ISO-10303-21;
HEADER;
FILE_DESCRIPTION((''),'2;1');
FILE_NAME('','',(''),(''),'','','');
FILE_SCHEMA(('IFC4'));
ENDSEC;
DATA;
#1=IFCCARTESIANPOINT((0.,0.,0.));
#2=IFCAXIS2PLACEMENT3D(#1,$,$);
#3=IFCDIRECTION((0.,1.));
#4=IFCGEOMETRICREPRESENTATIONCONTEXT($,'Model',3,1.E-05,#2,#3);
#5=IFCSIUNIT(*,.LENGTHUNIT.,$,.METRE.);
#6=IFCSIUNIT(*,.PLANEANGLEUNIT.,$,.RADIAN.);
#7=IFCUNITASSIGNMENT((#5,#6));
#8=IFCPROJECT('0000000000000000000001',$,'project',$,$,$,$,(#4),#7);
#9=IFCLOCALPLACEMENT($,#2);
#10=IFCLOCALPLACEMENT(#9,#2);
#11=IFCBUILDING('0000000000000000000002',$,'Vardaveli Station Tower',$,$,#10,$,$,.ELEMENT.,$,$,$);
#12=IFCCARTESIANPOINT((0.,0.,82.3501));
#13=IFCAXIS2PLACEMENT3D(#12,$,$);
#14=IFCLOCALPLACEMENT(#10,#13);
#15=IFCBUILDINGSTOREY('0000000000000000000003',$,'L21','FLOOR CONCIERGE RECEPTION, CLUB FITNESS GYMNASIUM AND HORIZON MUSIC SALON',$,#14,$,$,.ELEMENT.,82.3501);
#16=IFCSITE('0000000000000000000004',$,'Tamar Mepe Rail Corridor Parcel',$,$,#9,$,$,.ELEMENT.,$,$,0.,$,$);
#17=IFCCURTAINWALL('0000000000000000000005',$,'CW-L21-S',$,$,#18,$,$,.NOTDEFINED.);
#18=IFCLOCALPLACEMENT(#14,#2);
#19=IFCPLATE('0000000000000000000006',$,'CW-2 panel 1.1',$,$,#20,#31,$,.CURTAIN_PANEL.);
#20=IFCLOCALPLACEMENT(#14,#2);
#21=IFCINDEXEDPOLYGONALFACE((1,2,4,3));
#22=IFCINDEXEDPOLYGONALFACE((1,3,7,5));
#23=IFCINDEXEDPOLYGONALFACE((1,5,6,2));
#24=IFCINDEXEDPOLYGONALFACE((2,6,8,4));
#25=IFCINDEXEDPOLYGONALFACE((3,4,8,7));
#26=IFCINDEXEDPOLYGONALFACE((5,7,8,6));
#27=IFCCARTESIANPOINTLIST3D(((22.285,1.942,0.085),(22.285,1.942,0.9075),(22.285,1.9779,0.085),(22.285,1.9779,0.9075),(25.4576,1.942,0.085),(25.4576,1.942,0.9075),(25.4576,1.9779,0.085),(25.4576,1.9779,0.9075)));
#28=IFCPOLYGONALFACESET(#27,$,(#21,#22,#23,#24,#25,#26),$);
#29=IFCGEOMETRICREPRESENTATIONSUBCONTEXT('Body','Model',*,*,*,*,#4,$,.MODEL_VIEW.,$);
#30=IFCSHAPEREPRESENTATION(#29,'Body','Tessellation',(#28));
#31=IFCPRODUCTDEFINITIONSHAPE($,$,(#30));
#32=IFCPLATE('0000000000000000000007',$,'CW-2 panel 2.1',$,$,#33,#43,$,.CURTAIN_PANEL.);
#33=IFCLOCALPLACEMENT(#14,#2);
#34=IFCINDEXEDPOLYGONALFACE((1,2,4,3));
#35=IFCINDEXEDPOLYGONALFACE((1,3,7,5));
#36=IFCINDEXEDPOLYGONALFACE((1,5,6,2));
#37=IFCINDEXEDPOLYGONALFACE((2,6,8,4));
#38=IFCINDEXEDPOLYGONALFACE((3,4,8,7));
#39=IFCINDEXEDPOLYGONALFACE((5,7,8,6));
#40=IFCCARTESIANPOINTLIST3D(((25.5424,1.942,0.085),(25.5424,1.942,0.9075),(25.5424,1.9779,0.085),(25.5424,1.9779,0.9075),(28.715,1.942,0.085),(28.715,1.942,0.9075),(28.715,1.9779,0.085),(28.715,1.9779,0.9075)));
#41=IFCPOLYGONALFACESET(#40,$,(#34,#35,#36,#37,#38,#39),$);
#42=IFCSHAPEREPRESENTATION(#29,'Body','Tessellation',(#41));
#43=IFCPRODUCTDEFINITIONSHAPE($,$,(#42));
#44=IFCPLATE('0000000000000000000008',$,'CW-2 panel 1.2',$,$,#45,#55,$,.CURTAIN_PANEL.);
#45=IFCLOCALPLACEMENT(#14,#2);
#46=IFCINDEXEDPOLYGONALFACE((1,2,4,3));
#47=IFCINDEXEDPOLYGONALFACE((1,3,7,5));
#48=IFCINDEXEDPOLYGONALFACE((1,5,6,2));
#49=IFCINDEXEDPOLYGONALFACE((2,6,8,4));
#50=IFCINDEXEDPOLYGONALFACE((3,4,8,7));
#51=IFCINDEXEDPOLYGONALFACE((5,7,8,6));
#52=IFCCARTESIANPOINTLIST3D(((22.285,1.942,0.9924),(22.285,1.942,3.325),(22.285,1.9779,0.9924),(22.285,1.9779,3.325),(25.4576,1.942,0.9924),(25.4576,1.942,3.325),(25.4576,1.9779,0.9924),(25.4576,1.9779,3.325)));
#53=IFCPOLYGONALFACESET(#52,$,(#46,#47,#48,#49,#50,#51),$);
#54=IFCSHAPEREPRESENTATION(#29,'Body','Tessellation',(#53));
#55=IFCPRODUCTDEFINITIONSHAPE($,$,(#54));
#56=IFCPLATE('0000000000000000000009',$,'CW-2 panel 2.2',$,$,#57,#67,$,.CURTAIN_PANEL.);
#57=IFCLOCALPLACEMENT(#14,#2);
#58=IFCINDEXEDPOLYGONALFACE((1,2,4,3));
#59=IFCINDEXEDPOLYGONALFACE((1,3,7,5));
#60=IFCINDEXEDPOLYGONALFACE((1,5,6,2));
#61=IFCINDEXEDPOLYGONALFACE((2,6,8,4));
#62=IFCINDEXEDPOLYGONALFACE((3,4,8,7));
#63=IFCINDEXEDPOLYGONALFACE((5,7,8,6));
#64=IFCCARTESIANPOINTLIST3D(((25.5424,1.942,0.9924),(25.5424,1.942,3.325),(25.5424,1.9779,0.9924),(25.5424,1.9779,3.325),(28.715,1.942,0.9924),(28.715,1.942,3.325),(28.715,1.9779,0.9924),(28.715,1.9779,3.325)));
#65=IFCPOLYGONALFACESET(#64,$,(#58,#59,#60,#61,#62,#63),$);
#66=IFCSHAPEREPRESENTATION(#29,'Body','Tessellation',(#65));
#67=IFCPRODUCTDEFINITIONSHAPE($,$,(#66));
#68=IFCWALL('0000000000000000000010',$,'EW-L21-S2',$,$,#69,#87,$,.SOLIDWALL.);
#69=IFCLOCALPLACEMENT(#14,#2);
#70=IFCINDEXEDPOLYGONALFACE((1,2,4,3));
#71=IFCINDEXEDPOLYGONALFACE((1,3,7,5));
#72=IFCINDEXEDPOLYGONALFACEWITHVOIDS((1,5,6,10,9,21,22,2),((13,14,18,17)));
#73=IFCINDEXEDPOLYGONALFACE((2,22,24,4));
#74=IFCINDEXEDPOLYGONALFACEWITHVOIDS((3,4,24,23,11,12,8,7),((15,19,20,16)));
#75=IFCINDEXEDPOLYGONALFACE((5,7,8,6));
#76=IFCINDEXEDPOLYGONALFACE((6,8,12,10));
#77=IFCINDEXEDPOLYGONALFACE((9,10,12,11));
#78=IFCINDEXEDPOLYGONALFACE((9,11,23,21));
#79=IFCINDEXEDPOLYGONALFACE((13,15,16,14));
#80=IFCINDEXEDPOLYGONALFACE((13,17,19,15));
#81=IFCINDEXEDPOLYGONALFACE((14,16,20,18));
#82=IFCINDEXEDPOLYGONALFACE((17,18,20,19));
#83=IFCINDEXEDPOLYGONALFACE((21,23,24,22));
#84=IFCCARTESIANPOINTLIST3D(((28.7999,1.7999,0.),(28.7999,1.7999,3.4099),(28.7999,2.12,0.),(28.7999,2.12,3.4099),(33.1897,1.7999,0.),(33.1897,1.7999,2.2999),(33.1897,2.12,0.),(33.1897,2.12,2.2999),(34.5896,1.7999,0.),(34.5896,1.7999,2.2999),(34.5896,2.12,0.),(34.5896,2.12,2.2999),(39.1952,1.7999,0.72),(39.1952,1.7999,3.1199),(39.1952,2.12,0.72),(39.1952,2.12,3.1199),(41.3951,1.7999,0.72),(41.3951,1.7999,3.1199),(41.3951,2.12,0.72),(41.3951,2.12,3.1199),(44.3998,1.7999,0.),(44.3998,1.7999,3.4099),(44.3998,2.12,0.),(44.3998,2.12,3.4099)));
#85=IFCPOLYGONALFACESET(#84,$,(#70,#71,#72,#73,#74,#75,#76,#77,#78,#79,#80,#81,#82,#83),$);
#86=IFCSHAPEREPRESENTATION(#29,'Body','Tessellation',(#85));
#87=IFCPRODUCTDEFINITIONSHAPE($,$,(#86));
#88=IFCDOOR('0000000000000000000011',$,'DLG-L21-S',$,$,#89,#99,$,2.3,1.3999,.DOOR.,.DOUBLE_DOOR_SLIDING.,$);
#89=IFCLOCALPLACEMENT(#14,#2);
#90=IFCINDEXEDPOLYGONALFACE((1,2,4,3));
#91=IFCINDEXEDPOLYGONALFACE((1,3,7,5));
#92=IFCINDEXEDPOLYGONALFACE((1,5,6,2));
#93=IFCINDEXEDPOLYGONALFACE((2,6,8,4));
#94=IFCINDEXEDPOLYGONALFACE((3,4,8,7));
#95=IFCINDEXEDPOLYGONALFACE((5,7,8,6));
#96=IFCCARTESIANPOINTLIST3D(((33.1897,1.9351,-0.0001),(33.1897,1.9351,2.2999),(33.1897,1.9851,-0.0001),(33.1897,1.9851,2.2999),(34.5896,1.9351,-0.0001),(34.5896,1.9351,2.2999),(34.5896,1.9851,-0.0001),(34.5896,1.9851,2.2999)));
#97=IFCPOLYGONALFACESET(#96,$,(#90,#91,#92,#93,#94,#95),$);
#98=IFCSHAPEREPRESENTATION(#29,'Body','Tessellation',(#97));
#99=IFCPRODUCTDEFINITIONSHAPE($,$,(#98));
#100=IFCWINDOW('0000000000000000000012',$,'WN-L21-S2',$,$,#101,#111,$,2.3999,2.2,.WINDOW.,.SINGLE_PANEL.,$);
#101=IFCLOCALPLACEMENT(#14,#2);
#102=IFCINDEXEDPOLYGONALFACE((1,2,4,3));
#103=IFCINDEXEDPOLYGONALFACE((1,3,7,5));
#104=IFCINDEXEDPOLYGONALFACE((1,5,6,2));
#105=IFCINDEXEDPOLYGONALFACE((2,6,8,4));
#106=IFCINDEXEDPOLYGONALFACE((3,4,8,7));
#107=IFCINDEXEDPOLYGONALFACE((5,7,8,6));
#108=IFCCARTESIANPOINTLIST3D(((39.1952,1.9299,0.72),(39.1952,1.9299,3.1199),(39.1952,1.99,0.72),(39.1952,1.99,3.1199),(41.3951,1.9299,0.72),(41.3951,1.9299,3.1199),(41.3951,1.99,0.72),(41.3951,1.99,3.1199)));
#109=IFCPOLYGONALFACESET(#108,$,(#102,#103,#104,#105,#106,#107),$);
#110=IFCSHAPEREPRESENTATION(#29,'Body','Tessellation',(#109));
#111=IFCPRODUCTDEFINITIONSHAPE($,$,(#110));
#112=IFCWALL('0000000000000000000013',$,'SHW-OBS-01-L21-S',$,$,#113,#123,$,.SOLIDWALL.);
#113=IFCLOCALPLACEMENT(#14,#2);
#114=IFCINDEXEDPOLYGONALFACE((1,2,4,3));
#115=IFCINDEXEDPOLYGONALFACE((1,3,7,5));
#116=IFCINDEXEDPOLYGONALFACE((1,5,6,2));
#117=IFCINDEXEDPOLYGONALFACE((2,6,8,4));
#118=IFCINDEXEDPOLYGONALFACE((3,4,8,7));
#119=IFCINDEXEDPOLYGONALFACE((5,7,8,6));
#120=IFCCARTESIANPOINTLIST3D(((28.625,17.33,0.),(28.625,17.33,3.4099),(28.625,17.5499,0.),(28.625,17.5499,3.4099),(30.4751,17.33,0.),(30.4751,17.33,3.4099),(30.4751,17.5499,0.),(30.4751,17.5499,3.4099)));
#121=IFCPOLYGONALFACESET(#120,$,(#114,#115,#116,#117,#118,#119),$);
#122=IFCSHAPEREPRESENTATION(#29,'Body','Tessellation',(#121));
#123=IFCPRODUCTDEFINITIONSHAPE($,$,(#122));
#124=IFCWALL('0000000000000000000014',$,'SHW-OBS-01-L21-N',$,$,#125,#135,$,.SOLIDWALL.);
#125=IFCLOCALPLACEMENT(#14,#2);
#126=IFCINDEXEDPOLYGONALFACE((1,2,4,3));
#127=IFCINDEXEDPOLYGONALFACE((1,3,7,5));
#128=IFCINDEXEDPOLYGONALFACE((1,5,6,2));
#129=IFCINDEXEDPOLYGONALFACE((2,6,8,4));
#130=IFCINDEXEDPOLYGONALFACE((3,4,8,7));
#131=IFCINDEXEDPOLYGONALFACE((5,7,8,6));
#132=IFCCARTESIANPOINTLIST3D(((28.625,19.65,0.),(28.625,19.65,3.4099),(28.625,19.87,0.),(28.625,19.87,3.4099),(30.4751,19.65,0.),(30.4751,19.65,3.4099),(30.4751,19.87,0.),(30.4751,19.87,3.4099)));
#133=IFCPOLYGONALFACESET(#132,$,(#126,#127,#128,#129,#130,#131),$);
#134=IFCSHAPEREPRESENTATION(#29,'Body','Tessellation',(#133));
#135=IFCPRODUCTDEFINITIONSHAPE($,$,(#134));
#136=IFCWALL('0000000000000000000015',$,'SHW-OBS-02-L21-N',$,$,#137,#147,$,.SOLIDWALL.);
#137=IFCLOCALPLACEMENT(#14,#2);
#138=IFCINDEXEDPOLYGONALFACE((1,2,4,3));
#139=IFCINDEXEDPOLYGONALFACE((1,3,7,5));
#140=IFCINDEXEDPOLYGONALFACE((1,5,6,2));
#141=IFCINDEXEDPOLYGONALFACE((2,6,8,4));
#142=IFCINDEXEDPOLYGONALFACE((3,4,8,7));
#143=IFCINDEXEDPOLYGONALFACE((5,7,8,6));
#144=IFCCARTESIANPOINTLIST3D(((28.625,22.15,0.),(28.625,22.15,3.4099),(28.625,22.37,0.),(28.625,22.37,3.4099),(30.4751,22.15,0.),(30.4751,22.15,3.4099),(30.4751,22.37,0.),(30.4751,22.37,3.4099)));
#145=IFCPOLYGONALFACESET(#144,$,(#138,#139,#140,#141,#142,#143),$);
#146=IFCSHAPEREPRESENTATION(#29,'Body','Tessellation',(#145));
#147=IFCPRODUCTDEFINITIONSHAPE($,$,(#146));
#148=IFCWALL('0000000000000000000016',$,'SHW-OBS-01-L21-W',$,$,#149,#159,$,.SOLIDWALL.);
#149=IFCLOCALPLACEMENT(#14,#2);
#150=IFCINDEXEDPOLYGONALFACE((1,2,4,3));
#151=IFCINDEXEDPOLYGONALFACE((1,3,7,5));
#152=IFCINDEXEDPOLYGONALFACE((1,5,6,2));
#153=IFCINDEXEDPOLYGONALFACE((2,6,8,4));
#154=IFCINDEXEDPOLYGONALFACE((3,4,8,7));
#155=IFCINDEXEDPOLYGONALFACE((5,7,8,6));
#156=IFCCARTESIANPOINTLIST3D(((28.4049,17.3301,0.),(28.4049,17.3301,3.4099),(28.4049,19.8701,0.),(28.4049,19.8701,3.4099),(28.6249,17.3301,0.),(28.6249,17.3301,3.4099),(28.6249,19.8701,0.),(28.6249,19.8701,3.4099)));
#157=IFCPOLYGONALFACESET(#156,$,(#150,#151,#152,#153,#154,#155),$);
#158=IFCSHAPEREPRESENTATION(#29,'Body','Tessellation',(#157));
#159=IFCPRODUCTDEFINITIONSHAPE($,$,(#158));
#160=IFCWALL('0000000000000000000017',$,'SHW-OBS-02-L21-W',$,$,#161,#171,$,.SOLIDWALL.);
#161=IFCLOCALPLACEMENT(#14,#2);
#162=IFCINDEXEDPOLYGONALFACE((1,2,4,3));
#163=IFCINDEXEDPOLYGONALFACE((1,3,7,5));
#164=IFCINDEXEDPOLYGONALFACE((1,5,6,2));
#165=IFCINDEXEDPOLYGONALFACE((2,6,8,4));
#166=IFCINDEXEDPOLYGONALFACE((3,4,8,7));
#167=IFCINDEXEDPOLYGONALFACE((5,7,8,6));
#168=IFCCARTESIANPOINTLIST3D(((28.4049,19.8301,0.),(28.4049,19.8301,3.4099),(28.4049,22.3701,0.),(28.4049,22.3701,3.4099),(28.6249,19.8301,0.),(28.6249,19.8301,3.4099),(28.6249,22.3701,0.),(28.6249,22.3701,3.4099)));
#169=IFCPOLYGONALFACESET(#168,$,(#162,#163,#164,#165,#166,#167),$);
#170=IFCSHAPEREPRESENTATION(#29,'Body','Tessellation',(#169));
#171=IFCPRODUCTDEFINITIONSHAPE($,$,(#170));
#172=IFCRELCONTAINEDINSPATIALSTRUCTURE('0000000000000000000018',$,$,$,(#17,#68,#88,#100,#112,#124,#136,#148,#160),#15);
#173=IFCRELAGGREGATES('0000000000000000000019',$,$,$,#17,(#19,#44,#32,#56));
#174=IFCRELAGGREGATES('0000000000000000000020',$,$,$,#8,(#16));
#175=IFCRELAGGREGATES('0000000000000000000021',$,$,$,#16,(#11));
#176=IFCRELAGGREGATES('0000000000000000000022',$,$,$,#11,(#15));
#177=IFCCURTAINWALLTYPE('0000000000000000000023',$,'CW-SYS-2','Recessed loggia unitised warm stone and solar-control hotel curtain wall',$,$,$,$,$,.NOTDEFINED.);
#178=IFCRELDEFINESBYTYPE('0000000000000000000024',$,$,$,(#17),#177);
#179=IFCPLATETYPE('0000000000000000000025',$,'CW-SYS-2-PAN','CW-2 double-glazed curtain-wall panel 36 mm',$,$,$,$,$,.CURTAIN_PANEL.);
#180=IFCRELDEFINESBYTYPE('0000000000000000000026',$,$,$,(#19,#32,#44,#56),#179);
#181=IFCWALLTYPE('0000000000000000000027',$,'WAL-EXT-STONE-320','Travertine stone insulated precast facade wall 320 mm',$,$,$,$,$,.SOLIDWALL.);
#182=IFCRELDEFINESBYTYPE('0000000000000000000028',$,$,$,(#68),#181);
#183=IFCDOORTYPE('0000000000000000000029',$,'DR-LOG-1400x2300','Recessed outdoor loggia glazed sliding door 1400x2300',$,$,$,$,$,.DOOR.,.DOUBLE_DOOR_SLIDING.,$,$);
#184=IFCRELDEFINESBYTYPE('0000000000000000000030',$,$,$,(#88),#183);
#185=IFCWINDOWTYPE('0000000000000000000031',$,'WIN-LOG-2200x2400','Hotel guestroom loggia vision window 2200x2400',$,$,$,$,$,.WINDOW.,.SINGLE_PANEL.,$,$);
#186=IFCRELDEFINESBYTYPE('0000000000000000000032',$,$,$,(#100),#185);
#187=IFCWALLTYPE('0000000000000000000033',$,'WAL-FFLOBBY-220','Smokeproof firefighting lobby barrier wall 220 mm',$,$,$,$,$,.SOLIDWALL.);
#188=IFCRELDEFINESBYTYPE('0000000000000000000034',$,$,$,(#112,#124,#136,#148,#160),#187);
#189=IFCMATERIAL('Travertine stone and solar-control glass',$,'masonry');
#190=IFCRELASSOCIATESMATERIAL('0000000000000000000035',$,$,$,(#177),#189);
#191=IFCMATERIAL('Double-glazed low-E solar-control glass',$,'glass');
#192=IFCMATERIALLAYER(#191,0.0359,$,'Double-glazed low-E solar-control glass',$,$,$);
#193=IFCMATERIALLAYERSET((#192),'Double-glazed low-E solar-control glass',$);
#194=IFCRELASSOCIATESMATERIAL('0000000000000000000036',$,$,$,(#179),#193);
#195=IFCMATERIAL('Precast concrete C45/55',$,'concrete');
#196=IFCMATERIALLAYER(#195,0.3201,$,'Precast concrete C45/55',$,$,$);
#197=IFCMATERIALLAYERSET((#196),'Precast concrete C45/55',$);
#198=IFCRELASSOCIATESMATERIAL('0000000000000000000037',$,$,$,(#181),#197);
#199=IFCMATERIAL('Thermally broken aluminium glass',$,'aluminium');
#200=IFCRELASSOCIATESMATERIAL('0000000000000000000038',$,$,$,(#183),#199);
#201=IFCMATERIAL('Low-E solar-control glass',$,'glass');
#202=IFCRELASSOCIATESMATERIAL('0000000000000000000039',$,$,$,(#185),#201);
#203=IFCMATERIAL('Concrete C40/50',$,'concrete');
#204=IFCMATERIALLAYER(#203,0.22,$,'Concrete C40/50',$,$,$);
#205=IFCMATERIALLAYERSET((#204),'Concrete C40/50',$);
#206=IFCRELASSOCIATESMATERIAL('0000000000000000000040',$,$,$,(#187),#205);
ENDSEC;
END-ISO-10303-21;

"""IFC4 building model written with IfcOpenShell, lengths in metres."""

from ifc_helpers import new_model, si_unit, direction, frame, frame_2d, origin, origin_2d, place, context, subcontext, project, spatial, rectangle, extrude, source, transform, mapped, material, layer, layer_set, type_object, element, fill, aggregate, save


model = new_model("IFC4")

# Units and contexts
model_context = context("Model", 3, precision=1e-05, world=origin(), true_north=direction((0.0, 1.0)))
body_context = subcontext(model_context, "Body", "Model", "MODEL_VIEW")
ifc_project = project(units=[si_unit("LENGTHUNIT", "METRE"), si_unit("PLANEANGLEUNIT", "RADIAN")], contexts=[model_context])

# Site, building, storey
site_placement = place(None, origin())
site = spatial("IfcSite", under=ifc_project, at=site_placement, Name="Tamar Mepe Rail Corridor Parcel", CompositionType="ELEMENT", RefElevation=0.0)
building_placement = place(site_placement, origin())
building = spatial("IfcBuilding", under=site, at=building_placement, Name="Vardaveli Station Tower", CompositionType="ELEMENT")
storey_placement = place(building_placement, frame((0.0, 0.0, 82.3501)))
storey = spatial("IfcBuildingStorey", under=building, at=storey_placement, Name="L21", Description="FLOOR CONCIERGE RECEPTION, CLUB FITNESS GYMNASIUM AND HORIZON MUSIC SALON", CompositionType="ELEMENT", Elevation=82.3501)

# Curtain wall, plates
ifc_material_1 = material(Name="Travertine stone and solar-control glass", Category="masonry")
curtain_wall_type = type_object("IfcCurtainWallType", Name="CW-SYS-2", Description="Recessed loggia unitised warm stone and solar-control hotel curtain wall", PredefinedType="NOTDEFINED", material=ifc_material_1)
curtain_wall_placement = place(storey_placement, origin())
curtain_wall = element("IfcCurtainWall", 1, at=curtain_wall_placement, inside=storey, type_object=curtain_wall_type, Name="CW-L21-S", PredefinedType="NOTDEFINED")
ifc_material_2 = material(Name="Double-glazed low-E solar-control glass", Category="glass")
ifc_layer_1 = layer(ifc_material_2, 0.0359, Name="Double-glazed low-E solar-control glass")
ifc_layer_set_1 = layer_set([ifc_layer_1], Name="Double-glazed low-E solar-control glass")
plate_type = type_object("IfcPlateType", Name="CW-SYS-2-PAN", Description="CW-2 double-glazed curtain-wall panel 36 mm", PredefinedType="CURTAIN_PANEL", material=ifc_layer_set_1)
shared_shape_1 = source(origin(), body_context, "Body", "SweptSolid", [
    extrude(rectangle(XDim=3.1726, YDim=0.0359, at=origin_2d()), origin(), (0.0, 0.0, 1.0), 0.8225),
])
plate_1_placement = place(storey_placement, frame((23.8713, 1.96, 0.085), z_axis=(0.0, 0.0, 1.0), x_axis=(1.0, 0.0, 0.0)))
plate_1 = element("IfcPlate", 2, at=plate_1_placement, type_object=plate_type, Name="CW-2 panel 1.1", PredefinedType="CURTAIN_PANEL", context=body_context, shape_type="MappedRepresentation", body=[
    mapped(shared_shape_1, transform((0.0, 0.0, 0.0), scale=1.0)),
])
plate_2_placement = place(storey_placement, frame((27.1287, 1.96, 0.085), z_axis=(0.0, 0.0, 1.0), x_axis=(1.0, 0.0, 0.0)))
plate_2 = element("IfcPlate", 3, at=plate_2_placement, type_object=plate_type, Name="CW-2 panel 2.1", PredefinedType="CURTAIN_PANEL", context=body_context, shape_type="MappedRepresentation", body=[
    mapped(shared_shape_1, transform((0.0, 0.0, 0.0), scale=1.0)),
])
shared_shape_2 = source(origin(), body_context, "Body", "SweptSolid", [
    extrude(rectangle(XDim=3.1726, YDim=0.0359, at=origin_2d()), origin(), (0.0, 0.0, 1.0), 2.3325),
])
plate_3_placement = place(storey_placement, frame((23.8713, 1.96, 0.9924), z_axis=(0.0, 0.0, 1.0), x_axis=(1.0, 0.0, 0.0)))
plate_3 = element("IfcPlate", 4, at=plate_3_placement, type_object=plate_type, Name="CW-2 panel 1.2", PredefinedType="CURTAIN_PANEL", context=body_context, shape_type="MappedRepresentation", body=[
    mapped(shared_shape_2, transform((0.0, 0.0, 0.0), scale=1.0)),
])
plate_4_placement = place(storey_placement, frame((27.1287, 1.96, 0.9924), z_axis=(0.0, 0.0, 1.0), x_axis=(1.0, 0.0, 0.0)))
plate_4 = element("IfcPlate", 5, at=plate_4_placement, type_object=plate_type, Name="CW-2 panel 2.2", PredefinedType="CURTAIN_PANEL", context=body_context, shape_type="MappedRepresentation", body=[
    mapped(shared_shape_2, transform((0.0, 0.0, 0.0), scale=1.0)),
])
aggregate(curtain_wall, [plate_1, plate_3, plate_2, plate_4])

# Wall, openings, door, window
ifc_material_3 = material(Name="Precast concrete C45/55", Category="concrete")
ifc_layer_2 = layer(ifc_material_3, 0.3201, Name="Precast concrete C45/55")
ifc_layer_set_2 = layer_set([ifc_layer_2], Name="Precast concrete C45/55")
wall_type_1 = type_object("IfcWallType", Name="WAL-EXT-STONE-320", Description="Travertine stone insulated precast facade wall 320 mm", PredefinedType="SOLIDWALL", material=ifc_layer_set_2)
shared_shape_3 = source(origin(), body_context, "Body", "SweptSolid", [
    extrude(rectangle(XDim=15.5999, YDim=0.3201, at=frame_2d((7.7998, 0.0))), origin(), (0.0, 0.0, 1.0), 3.4099),
])
wall_placement = place(storey_placement, frame((28.8, 1.96, 0.0), z_axis=(0.0, 0.0, 1.0), x_axis=(1.0, 0.0, 0.0)))
wall = element("IfcWall", 6, at=wall_placement, inside=storey, type_object=wall_type_1, Name="EW-L21-S2", PredefinedType="SOLIDWALL", context=body_context, shape_type="MappedRepresentation", body=[
    mapped(shared_shape_3, transform((0.0, 0.0, 0.0), scale=1.0)),
])
shared_shape_4 = source(origin(), body_context, "Body", "SweptSolid", [
    extrude(rectangle(XDim=1.3999, YDim=2.3, at=frame_2d((0.7, 1.1499))), frame((0.0, 0.1699, 0.0), z_axis=(0.0, -1.0, 0.0), x_axis=(1.0, 0.0, 0.0)), (0.0, 0.0, 1.0), 0.3401),
])
opening_1_placement = place(wall_placement, frame((4.3896, 0.0, 0.0)))
opening_1 = element("IfcOpeningElement", 7, at=opening_1_placement, cuts=wall, PredefinedType="OPENING", context=body_context, shape_type="MappedRepresentation", body=[
    mapped(shared_shape_4, transform((0.0, 0.0, 0.0), scale=1.0)),
])
shared_shape_5 = source(origin(), body_context, "Body", "SweptSolid", [
    extrude(rectangle(XDim=2.2, YDim=2.3999, at=frame_2d((1.1001, 1.2))), frame((0.0, 0.1699, 0.0), z_axis=(0.0, -1.0, 0.0), x_axis=(1.0, 0.0, 0.0)), (0.0, 0.0, 1.0), 0.3401),
])
opening_2_placement = place(wall_placement, frame((10.395, 0.0, 0.72)))
opening_2 = element("IfcOpeningElement", 8, at=opening_2_placement, cuts=wall, PredefinedType="OPENING", context=body_context, shape_type="MappedRepresentation", body=[
    mapped(shared_shape_5, transform((0.0, 0.0, 0.0), scale=1.0)),
])
ifc_material_4 = material(Name="Thermally broken aluminium glass", Category="aluminium")
door_type = type_object("IfcDoorType", Name="DR-LOG-1400x2300", Description="Recessed outdoor loggia glazed sliding door 1400x2300", OperationType="DOUBLE_DOOR_SLIDING", PredefinedType="DOOR", material=ifc_material_4)
shared_shape_6 = source(origin(), body_context, "Body", "SweptSolid", [
    extrude(rectangle(XDim=1.3999, YDim=2.3, at=frame_2d((0.7, 1.1499))), frame((0.0, 0.0249, 0.0), z_axis=(0.0, -1.0, 0.0), x_axis=(1.0, 0.0, 0.0)), (0.0, 0.0, 1.0), 0.05),
])
door_placement = place(opening_1_placement, frame((1.3999, 0.0, 0.0), z_axis=(0.0, 0.0, 1.0), x_axis=(-1.0, 0.0, 0.0)))
door = element("IfcDoor", 9, at=door_placement, inside=storey, type_object=door_type, Name="DLG-L21-S", OperationType="DOUBLE_DOOR_SLIDING", OverallHeight=2.3, OverallWidth=1.3999, PredefinedType="DOOR", context=body_context, shape_type="MappedRepresentation", body=[
    mapped(shared_shape_6, transform((0.0, 0.0, 0.0), scale=1.0)),
])
fill(opening_1, door)
ifc_material_5 = material(Name="Low-E solar-control glass", Category="glass")
window_type = type_object("IfcWindowType", Name="WIN-LOG-2200x2400", Description="Hotel guestroom loggia vision window 2200x2400", PartitioningType="SINGLE_PANEL", PredefinedType="WINDOW", material=ifc_material_5)
shared_shape_7 = source(origin(), body_context, "Body", "SweptSolid", [
    extrude(rectangle(XDim=2.2, YDim=2.3999, at=frame_2d((1.1001, 1.2))), frame((0.0, 0.03, 0.0), z_axis=(0.0, -1.0, 0.0), x_axis=(1.0, 0.0, 0.0)), (0.0, 0.0, 1.0), 0.0601),
])
window_placement = place(opening_2_placement, origin())
window = element("IfcWindow", 10, at=window_placement, inside=storey, type_object=window_type, Name="WN-L21-S2", OverallHeight=2.3999, OverallWidth=2.2, PartitioningType="SINGLE_PANEL", PredefinedType="WINDOW", context=body_context, shape_type="MappedRepresentation", body=[
    mapped(shared_shape_7, transform((0.0, 0.0, 0.0), scale=1.0)),
])
fill(opening_2, window)

# Walls
ifc_material_6 = material(Name="Concrete C40/50", Category="concrete")
ifc_layer_3 = layer(ifc_material_6, 0.22, Name="Concrete C40/50")
ifc_layer_set_3 = layer_set([ifc_layer_3], Name="Concrete C40/50")
wall_type_2 = type_object("IfcWallType", Name="WAL-FFLOBBY-220", Description="Smokeproof firefighting lobby barrier wall 220 mm", PredefinedType="SOLIDWALL", material=ifc_layer_set_3)
shared_shape_8 = source(origin(), body_context, "Body", "SweptSolid", [
    extrude(rectangle(XDim=1.8501, YDim=0.22, at=frame_2d((0.925, 0.0))), origin(), (0.0, 0.0, 1.0), 3.4099),
])
for number, where, z_axis, x_axis, name in (
    (11, (28.625, 17.4399, 0.0), (0.0, 0.0, 1.0), (1.0, 0.0, 0.0), "SHW-OBS-01-L21-S"),
    (12, (28.625, 19.76, 0.0), (0.0, 0.0, 1.0), (1.0, 0.0, 0.0), "SHW-OBS-01-L21-N"),
    (13, (28.625, 22.26, 0.0), (0.0, 0.0, 1.0), (1.0, 0.0, 0.0), "SHW-OBS-02-L21-N"),
):
    element("IfcWall", number, at=place(storey_placement, frame(where, z_axis=z_axis, x_axis=x_axis)), inside=storey, type_object=wall_type_2, Name=name, PredefinedType="SOLIDWALL", context=body_context, shape_type="MappedRepresentation", body=[
        mapped(shared_shape_8, transform((0.0, 0.0, 0.0), scale=1.0)),
    ])
shared_shape_9 = source(origin(), body_context, "Body", "SweptSolid", [
    extrude(rectangle(XDim=2.54, YDim=0.22, at=frame_2d((1.27, 0.0))), origin(), (0.0, 0.0, 1.0), 3.4099),
])
for number, where, z_axis, x_axis, name in (
    (14, (28.5149, 17.3301, 0.0), (0.0, 0.0, 1.0), (0.0, 1.0, 0.0), "SHW-OBS-01-L21-W"),
    (15, (28.5149, 19.8301, 0.0), (0.0, 0.0, 1.0), (0.0, 1.0, 0.0), "SHW-OBS-02-L21-W"),
):
    element("IfcWall", number, at=place(storey_placement, frame(where, z_axis=z_axis, x_axis=x_axis)), inside=storey, type_object=wall_type_2, Name=name, PredefinedType="SOLIDWALL", context=body_context, shape_type="MappedRepresentation", body=[
        mapped(shared_shape_9, transform((0.0, 0.0, 0.0), scale=1.0)),
    ])

save(model, "model.ifc")
